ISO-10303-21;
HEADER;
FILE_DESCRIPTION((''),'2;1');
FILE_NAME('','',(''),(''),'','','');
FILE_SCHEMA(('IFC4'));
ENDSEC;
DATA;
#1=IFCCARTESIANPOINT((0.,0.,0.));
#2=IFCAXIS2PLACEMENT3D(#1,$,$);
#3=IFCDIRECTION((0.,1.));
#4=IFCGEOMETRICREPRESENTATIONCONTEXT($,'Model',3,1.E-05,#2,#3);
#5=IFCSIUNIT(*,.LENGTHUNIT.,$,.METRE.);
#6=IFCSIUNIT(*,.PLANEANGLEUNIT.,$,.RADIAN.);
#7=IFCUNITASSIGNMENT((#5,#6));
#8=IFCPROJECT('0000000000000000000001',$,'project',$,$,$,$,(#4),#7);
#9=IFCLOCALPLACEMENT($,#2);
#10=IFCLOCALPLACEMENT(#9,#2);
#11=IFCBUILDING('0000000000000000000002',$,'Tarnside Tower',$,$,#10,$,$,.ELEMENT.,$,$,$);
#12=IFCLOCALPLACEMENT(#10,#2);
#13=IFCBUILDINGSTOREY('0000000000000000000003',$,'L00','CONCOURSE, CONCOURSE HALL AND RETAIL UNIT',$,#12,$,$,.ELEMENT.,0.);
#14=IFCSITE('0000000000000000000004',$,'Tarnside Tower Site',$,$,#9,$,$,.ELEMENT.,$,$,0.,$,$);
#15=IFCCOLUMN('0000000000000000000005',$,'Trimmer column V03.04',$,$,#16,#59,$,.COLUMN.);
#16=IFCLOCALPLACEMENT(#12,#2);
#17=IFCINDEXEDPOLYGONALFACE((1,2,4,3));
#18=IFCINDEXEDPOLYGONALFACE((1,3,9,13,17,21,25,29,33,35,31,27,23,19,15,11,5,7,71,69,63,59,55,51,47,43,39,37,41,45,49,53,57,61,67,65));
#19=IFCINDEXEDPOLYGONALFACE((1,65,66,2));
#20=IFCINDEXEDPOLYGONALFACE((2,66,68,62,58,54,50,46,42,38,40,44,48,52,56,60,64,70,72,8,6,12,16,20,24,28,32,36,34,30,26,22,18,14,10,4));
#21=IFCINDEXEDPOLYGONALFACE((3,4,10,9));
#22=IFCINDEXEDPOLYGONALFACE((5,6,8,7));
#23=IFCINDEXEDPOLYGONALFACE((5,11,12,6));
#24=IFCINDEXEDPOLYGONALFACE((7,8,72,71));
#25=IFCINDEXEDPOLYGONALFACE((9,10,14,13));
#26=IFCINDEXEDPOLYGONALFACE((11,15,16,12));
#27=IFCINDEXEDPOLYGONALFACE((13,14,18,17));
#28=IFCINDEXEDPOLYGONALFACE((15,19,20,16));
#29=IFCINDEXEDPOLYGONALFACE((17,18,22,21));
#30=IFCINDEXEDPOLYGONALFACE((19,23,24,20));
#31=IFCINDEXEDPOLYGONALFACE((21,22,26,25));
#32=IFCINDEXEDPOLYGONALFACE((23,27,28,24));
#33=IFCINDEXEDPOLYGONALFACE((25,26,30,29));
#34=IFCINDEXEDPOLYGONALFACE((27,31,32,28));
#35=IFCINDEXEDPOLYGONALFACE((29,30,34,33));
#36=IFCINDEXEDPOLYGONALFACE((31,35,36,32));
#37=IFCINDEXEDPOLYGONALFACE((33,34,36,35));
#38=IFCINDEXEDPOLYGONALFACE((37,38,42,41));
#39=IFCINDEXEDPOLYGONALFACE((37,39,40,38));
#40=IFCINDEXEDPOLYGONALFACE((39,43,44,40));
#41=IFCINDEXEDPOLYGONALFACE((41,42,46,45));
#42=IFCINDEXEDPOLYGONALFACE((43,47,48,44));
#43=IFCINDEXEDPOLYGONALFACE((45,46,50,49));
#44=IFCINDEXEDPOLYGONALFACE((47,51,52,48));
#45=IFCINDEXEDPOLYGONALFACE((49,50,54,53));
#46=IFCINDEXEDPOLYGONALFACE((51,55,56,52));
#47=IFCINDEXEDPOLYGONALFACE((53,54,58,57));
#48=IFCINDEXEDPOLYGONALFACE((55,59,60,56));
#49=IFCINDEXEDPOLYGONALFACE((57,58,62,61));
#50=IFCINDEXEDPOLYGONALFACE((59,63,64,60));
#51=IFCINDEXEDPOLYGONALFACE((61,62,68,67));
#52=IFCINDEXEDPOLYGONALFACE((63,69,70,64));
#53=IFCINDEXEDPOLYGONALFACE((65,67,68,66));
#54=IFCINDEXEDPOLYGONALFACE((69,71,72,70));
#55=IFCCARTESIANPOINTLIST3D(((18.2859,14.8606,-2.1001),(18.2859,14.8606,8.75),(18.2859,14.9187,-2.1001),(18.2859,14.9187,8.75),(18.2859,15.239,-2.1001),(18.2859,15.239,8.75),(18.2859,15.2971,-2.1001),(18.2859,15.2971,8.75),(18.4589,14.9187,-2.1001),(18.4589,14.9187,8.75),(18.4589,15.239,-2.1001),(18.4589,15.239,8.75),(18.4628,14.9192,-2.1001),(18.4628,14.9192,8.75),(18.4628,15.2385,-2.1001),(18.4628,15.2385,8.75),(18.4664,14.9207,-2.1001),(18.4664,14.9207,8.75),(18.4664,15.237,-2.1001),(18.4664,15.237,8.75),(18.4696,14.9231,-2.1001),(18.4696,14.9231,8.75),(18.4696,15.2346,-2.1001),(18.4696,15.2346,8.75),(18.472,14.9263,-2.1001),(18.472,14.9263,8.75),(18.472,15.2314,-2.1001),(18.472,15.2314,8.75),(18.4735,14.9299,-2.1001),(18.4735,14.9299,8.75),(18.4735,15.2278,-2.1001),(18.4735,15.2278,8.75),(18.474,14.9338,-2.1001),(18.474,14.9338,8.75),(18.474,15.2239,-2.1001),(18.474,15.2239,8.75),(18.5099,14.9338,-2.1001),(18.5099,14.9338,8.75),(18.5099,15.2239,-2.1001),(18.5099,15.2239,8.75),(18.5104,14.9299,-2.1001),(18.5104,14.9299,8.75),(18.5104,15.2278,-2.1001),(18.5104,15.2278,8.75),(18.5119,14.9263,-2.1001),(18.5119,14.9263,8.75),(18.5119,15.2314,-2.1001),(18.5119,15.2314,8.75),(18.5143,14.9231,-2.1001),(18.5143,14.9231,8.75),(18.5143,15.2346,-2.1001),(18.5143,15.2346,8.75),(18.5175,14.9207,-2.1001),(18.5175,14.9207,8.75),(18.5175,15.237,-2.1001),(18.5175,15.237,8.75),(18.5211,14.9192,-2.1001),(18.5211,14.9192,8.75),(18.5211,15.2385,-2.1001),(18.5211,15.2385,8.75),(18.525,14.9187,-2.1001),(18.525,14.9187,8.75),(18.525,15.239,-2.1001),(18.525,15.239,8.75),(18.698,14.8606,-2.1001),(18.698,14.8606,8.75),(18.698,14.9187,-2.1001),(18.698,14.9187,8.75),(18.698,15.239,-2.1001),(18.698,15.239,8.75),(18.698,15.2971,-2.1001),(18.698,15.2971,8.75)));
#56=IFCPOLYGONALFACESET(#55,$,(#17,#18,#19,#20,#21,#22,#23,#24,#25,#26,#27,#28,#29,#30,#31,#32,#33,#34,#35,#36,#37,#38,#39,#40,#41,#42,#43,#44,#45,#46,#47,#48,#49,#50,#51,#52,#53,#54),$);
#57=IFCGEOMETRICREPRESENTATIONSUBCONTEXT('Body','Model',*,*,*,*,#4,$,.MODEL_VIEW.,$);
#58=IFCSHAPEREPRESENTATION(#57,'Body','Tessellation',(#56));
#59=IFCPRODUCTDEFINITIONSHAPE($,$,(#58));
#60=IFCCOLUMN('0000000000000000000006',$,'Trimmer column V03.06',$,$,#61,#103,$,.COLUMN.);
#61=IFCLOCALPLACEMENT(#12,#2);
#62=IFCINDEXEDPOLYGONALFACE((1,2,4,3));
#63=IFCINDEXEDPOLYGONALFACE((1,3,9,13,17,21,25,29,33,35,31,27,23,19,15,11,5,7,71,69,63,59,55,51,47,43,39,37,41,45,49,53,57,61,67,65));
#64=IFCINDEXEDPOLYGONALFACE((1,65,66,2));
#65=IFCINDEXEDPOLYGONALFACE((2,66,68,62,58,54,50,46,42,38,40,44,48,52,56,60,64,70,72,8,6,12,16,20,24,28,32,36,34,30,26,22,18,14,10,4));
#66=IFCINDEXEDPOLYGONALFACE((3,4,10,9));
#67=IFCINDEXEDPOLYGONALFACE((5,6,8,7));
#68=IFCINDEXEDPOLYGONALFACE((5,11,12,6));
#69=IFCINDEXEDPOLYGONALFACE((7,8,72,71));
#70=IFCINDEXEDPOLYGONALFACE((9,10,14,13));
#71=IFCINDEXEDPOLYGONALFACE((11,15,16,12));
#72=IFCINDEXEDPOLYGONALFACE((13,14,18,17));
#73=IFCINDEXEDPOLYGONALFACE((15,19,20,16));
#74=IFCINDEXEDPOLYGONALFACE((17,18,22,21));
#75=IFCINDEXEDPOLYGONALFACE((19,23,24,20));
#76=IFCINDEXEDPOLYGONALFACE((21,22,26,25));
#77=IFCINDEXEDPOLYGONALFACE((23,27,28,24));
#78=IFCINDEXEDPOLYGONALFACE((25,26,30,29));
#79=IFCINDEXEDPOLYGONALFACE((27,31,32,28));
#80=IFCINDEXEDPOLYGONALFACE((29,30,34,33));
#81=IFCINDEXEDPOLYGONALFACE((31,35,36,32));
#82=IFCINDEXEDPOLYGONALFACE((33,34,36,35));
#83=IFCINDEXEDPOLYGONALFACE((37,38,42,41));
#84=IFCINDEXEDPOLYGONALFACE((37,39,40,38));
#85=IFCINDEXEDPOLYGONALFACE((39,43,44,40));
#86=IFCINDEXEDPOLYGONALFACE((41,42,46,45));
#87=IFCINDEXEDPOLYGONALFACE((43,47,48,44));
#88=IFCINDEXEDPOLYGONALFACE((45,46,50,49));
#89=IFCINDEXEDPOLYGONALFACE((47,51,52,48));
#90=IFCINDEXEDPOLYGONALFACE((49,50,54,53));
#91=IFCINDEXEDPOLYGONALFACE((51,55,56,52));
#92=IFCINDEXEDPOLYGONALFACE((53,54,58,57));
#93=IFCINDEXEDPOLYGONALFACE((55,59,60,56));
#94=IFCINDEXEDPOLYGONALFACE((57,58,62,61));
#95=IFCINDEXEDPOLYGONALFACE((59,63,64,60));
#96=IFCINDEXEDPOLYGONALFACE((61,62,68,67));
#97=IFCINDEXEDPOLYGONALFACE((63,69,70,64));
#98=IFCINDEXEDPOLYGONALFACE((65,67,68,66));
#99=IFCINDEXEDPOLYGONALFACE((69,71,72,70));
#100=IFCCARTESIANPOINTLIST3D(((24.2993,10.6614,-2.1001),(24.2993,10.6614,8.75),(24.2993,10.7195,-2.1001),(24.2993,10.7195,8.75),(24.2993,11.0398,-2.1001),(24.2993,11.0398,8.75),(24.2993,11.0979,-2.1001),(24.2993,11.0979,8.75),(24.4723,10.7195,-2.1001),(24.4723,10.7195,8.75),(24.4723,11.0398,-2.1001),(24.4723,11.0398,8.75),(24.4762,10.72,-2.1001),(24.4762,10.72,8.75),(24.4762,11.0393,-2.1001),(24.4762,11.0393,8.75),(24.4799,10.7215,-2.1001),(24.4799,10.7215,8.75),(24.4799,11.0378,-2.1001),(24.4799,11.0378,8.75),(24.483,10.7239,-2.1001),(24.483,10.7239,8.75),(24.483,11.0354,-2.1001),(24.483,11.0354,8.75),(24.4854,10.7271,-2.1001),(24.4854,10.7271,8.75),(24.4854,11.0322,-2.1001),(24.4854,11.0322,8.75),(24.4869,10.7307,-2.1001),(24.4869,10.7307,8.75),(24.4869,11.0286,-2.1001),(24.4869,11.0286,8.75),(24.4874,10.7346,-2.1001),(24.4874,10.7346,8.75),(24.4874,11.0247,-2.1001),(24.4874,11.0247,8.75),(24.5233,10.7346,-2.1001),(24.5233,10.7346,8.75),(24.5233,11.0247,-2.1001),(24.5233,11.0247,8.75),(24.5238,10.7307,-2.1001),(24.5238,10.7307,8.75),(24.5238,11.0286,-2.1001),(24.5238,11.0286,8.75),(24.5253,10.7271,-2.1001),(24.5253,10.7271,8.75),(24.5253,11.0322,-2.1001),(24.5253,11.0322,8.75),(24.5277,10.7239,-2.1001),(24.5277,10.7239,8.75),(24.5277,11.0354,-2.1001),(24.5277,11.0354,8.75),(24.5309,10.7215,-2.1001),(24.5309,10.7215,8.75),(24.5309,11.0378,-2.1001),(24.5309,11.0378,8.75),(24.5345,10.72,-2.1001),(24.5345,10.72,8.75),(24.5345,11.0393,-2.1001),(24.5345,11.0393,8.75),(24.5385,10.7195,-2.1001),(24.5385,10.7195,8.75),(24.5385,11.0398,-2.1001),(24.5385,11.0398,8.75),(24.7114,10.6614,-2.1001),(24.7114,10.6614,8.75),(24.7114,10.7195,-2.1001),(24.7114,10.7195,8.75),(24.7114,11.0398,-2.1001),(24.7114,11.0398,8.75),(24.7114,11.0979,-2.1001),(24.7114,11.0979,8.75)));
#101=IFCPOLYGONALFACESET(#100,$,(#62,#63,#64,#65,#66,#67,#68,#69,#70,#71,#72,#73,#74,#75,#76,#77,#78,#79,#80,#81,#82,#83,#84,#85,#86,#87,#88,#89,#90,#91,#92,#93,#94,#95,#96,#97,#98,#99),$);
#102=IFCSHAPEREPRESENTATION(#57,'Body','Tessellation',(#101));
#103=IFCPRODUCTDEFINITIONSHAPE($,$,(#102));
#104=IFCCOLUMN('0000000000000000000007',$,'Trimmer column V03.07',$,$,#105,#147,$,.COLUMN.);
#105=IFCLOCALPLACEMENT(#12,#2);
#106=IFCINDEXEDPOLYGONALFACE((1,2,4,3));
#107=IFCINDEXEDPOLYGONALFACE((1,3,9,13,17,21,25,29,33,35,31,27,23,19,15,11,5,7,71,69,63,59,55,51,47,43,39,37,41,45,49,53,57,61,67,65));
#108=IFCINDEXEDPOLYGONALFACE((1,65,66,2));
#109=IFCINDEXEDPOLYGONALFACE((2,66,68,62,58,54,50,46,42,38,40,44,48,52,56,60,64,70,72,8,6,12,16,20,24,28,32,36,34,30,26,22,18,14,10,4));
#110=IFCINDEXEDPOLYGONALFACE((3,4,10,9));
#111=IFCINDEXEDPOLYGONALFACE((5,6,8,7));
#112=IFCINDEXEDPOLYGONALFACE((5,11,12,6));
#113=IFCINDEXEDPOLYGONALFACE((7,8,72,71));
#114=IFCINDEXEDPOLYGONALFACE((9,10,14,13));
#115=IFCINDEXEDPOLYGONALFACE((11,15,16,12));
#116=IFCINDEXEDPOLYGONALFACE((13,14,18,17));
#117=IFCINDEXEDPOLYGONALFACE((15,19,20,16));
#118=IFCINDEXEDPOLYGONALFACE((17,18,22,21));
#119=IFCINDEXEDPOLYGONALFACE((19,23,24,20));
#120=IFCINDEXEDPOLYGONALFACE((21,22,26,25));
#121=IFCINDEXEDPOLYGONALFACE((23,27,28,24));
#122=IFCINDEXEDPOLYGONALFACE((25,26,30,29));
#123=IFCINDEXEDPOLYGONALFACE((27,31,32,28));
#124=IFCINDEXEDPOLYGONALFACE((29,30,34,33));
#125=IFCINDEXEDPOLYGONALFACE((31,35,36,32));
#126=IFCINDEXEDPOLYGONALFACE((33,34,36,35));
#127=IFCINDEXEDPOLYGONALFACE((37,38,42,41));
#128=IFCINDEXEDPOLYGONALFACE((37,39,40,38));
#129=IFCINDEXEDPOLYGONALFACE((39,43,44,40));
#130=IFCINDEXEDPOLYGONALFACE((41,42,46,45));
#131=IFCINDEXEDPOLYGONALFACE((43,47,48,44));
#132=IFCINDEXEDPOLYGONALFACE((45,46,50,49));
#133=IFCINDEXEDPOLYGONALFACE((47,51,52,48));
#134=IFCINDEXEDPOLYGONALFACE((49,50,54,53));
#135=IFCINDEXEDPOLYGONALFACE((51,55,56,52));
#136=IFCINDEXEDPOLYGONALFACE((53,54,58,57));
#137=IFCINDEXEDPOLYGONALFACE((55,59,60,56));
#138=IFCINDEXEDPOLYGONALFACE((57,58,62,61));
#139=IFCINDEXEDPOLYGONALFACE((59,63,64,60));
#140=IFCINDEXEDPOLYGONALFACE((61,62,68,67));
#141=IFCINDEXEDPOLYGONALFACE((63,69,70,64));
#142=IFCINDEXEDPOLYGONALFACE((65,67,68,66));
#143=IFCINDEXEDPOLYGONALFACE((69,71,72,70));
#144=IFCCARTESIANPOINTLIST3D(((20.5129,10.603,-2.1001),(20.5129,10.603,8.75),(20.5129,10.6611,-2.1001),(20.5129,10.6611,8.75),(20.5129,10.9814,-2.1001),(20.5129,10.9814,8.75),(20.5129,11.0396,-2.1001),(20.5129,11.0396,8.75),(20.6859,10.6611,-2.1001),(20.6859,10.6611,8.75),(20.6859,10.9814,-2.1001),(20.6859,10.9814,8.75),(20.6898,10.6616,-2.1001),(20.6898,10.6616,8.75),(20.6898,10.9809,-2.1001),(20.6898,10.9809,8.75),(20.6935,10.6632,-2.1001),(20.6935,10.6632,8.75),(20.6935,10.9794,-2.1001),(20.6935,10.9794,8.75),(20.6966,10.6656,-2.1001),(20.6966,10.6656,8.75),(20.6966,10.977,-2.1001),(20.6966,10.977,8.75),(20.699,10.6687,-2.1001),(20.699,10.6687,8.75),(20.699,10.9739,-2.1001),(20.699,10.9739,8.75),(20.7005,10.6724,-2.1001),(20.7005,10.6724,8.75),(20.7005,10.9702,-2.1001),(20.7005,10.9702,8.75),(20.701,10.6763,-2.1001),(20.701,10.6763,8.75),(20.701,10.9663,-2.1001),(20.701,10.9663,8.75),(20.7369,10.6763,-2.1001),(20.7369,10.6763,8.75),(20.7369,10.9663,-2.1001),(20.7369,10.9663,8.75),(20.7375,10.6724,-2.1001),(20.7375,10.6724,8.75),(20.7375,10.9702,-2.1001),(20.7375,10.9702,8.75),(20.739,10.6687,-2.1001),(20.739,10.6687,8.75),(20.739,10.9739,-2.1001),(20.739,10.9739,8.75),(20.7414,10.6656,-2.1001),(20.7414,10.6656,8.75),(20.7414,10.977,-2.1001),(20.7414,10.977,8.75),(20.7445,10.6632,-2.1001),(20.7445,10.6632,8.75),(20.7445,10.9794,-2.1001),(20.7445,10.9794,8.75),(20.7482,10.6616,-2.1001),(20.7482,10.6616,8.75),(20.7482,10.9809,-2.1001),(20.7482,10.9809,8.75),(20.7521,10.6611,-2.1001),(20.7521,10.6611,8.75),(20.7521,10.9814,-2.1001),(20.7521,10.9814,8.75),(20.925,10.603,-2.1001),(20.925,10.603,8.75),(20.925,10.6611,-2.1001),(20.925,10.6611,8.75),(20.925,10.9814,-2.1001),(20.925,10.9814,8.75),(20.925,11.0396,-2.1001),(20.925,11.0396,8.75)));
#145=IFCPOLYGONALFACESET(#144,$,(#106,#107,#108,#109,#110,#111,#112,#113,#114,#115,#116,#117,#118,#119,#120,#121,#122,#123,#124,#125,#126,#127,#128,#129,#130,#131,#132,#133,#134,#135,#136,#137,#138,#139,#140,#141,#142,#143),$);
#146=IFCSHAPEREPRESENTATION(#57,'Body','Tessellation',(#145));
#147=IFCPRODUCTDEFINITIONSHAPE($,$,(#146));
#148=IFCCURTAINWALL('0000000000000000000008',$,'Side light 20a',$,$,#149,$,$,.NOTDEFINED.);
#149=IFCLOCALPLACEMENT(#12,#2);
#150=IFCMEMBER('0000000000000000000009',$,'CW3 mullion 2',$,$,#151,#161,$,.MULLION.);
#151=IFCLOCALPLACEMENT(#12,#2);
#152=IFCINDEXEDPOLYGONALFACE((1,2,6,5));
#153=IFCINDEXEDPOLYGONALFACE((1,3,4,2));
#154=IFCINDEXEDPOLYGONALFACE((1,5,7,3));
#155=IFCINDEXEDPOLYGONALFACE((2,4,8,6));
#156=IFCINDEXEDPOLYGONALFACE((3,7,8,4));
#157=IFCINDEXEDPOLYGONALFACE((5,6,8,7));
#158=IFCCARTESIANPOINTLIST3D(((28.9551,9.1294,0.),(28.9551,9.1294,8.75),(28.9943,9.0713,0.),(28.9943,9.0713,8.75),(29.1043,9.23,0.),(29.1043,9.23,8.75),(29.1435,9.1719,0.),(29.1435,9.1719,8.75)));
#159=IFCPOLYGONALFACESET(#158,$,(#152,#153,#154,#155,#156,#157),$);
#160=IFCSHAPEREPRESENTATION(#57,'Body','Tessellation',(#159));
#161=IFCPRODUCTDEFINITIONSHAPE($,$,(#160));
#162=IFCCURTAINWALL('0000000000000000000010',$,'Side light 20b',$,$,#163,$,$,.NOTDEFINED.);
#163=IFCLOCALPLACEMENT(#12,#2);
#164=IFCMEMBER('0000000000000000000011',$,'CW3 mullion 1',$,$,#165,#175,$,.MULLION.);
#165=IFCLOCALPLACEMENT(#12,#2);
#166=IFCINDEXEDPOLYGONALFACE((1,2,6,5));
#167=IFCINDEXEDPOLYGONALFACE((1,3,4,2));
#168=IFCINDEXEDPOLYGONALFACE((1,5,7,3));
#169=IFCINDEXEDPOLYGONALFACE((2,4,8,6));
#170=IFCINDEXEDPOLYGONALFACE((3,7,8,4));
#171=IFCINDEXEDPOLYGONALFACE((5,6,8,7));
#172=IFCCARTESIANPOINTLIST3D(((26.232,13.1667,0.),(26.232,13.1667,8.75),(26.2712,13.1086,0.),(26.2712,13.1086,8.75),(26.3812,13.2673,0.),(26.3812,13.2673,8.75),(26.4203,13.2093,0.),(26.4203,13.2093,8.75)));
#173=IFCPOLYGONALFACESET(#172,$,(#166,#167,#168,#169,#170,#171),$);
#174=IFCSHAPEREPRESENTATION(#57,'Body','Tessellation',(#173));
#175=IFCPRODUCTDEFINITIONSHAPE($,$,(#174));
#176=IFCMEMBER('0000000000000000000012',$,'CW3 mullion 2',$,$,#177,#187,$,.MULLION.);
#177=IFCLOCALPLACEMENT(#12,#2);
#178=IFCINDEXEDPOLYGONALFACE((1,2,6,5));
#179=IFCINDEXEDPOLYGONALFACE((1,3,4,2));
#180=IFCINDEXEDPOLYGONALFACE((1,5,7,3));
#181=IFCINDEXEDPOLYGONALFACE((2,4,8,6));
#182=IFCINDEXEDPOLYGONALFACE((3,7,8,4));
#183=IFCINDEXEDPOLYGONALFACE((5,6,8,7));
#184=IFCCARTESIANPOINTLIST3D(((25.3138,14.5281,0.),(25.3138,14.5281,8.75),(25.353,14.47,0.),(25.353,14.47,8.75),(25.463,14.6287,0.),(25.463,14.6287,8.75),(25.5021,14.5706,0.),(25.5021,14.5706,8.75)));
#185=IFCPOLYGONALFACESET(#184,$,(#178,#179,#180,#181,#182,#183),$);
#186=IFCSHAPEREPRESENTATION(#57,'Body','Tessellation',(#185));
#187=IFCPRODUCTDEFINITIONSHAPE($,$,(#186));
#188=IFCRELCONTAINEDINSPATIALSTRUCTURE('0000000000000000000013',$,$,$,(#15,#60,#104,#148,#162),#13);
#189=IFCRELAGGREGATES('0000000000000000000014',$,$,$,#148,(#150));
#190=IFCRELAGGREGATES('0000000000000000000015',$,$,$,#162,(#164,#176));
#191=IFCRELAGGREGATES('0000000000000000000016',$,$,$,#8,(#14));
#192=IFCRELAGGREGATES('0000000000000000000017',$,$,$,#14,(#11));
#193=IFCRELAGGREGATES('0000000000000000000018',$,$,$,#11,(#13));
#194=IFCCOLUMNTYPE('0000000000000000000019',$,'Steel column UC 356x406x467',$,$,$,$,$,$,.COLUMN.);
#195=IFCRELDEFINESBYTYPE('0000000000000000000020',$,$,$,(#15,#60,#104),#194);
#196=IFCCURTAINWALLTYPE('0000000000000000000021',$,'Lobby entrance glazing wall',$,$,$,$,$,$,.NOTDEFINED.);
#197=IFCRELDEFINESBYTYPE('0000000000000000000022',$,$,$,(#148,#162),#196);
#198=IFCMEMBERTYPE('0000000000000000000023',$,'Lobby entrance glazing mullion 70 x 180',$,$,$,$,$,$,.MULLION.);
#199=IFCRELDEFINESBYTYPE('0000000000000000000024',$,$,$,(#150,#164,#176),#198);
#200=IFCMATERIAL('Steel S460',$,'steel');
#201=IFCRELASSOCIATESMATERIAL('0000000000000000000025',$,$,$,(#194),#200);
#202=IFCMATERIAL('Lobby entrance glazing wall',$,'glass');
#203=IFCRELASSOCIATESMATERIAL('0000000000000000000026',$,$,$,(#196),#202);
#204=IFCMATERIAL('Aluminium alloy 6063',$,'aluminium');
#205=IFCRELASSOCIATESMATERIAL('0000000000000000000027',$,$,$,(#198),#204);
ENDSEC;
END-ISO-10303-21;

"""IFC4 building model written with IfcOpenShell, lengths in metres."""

from ifc_helpers import new_model, si_unit, direction, frame, origin, origin_2d, place, context, subcontext, project, spatial, rectangle, i_section, extrude, material, material_profile, profile_set, type_object, element, aggregate, save


model = new_model("IFC4")

# Units and contexts
model_context = context("Model", 3, precision=1e-05, world=origin(), true_north=direction((0.0, 1.0)))
body_context = subcontext(model_context, "Body", "Model", "MODEL_VIEW")
ifc_project = project(units=[si_unit("LENGTHUNIT", "METRE"), si_unit("PLANEANGLEUNIT", "RADIAN")], contexts=[model_context])

# Site, building, storey
site_placement = place(None, origin())
site = spatial("IfcSite", under=ifc_project, at=site_placement, Name="Tarnside Tower Site", CompositionType="ELEMENT", RefElevation=0.0)
building_placement = place(site_placement, origin())
building = spatial("IfcBuilding", under=site, at=building_placement, Name="Tarnside Tower", CompositionType="ELEMENT")
storey_placement = place(building_placement, origin())
storey = spatial("IfcBuildingStorey", under=building, at=storey_placement, Name="L00", Description="CONCOURSE, CONCOURSE HALL AND RETAIL UNIT", CompositionType="ELEMENT", Elevation=0.0)

# Columns
ifc_material_1 = material(Name="Steel S460", Category="steel")
ifc_material_profile_1 = material_profile(ifc_material_1, i_section(OverallWidth=0.4121, OverallDepth=0.4365, WebThickness=0.0359, FlangeThickness=0.0581, FilletRadius=0.0151, at=origin_2d()), Name="UC 356x406x467")
ifc_profile_set_1 = profile_set([ifc_material_profile_1], Name="Steel S460")
column_type_1 = type_object("IfcColumnType", Name="Steel column UC 356x406x467", PredefinedType="COLUMN", material=ifc_profile_set_1)
for number, where, z_axis, x_axis, name in (
    (1, (18.4919, 15.0789, -2.1001), (0.0, 0.0, 1.0), (1.0, 0.0, 0.0), "Trimmer column V03.04"),
    (2, (24.5054, 10.8796, -2.1001), (0.0, 0.0, 1.0), (1.0, 0.0, 0.0), "Trimmer column V03.06"),
    (3, (20.719, 10.8213, -2.1001), (0.0, 0.0, 1.0), (1.0, 0.0, 0.0), "Trimmer column V03.07"),
):
    element("IfcColumn", number, at=place(storey_placement, frame(where, z_axis=z_axis, x_axis=x_axis)), inside=storey, type_object=column_type_1, Name=name, PredefinedType="COLUMN", context=body_context, shape_type="SweptSolid", body=[
        extrude(i_section(OverallWidth=0.4121, OverallDepth=0.4365, WebThickness=0.0359, FlangeThickness=0.0581, FilletRadius=0.0151, at=origin_2d()), origin(), (0.0, 0.0, 1.0), 10.8501),
    ])

# Curtain wall, member
ifc_material_2 = material(Name="Lobby entrance glazing wall", Category="glass")
curtain_wall_type = type_object("IfcCurtainWallType", Name="Lobby entrance glazing wall", PredefinedType="NOTDEFINED", material=ifc_material_2)
curtain_wall_1_placement = place(storey_placement, origin())
curtain_wall_1 = element("IfcCurtainWall", 4, at=curtain_wall_1_placement, inside=storey, type_object=curtain_wall_type, Name="Side light 20a", PredefinedType="NOTDEFINED")
ifc_material_3 = material(Name="Aluminium alloy 6063", Category="aluminium")
ifc_material_profile_2 = material_profile(ifc_material_3, rectangle(XDim=0.1799, YDim=0.0701, at=origin_2d()), Name="Lobby entrance glazing mullion 70 x 180")
ifc_profile_set_2 = profile_set([ifc_material_profile_2], Name="Aluminium alloy 6063")
member_type = type_object("IfcMemberType", Name="Lobby entrance glazing mullion 70 x 180", PredefinedType="MULLION", material=ifc_profile_set_2)
member_1_placement = place(storey_placement, frame((29.0493, 9.1506, 0.0), z_axis=(0.0, 0.0, 1.0), x_axis=(-0.829038, -0.559193, 0.0)))
member_1 = element("IfcMember", 5, at=member_1_placement, type_object=member_type, Name="CW3 mullion 2", PredefinedType="MULLION", context=body_context, shape_type="SweptSolid", body=[
    extrude(rectangle(XDim=0.1799, YDim=0.0701, at=origin_2d()), origin(), (0.0, 0.0, 1.0), 8.75),
])
aggregate(curtain_wall_1, [member_1])

# Curtain wall, members
curtain_wall_2_placement = place(storey_placement, origin())
curtain_wall_2 = element("IfcCurtainWall", 6, at=curtain_wall_2_placement, inside=storey, type_object=curtain_wall_type, Name="Side light 20b", PredefinedType="NOTDEFINED")
member_2_placement = place(storey_placement, frame((26.3262, 13.188, 0.0), z_axis=(0.0, 0.0, 1.0), x_axis=(-0.829038, -0.559193, 0.0)))
member_2 = element("IfcMember", 7, at=member_2_placement, type_object=member_type, Name="CW3 mullion 1", PredefinedType="MULLION", context=body_context, shape_type="SweptSolid", body=[
    extrude(rectangle(XDim=0.1799, YDim=0.0701, at=origin_2d()), origin(), (0.0, 0.0, 1.0), 8.75),
])
member_3_placement = place(storey_placement, frame((25.408, 14.5493, 0.0), z_axis=(0.0, 0.0, 1.0), x_axis=(-0.829038, -0.559193, 0.0)))
member_3 = element("IfcMember", 8, at=member_3_placement, type_object=member_type, Name="CW3 mullion 2", PredefinedType="MULLION", context=body_context, shape_type="SweptSolid", body=[
    extrude(rectangle(XDim=0.1799, YDim=0.0701, at=origin_2d()), origin(), (0.0, 0.0, 1.0), 8.75),
])
aggregate(curtain_wall_2, [member_2, member_3])

save(model, "model.ifc")
